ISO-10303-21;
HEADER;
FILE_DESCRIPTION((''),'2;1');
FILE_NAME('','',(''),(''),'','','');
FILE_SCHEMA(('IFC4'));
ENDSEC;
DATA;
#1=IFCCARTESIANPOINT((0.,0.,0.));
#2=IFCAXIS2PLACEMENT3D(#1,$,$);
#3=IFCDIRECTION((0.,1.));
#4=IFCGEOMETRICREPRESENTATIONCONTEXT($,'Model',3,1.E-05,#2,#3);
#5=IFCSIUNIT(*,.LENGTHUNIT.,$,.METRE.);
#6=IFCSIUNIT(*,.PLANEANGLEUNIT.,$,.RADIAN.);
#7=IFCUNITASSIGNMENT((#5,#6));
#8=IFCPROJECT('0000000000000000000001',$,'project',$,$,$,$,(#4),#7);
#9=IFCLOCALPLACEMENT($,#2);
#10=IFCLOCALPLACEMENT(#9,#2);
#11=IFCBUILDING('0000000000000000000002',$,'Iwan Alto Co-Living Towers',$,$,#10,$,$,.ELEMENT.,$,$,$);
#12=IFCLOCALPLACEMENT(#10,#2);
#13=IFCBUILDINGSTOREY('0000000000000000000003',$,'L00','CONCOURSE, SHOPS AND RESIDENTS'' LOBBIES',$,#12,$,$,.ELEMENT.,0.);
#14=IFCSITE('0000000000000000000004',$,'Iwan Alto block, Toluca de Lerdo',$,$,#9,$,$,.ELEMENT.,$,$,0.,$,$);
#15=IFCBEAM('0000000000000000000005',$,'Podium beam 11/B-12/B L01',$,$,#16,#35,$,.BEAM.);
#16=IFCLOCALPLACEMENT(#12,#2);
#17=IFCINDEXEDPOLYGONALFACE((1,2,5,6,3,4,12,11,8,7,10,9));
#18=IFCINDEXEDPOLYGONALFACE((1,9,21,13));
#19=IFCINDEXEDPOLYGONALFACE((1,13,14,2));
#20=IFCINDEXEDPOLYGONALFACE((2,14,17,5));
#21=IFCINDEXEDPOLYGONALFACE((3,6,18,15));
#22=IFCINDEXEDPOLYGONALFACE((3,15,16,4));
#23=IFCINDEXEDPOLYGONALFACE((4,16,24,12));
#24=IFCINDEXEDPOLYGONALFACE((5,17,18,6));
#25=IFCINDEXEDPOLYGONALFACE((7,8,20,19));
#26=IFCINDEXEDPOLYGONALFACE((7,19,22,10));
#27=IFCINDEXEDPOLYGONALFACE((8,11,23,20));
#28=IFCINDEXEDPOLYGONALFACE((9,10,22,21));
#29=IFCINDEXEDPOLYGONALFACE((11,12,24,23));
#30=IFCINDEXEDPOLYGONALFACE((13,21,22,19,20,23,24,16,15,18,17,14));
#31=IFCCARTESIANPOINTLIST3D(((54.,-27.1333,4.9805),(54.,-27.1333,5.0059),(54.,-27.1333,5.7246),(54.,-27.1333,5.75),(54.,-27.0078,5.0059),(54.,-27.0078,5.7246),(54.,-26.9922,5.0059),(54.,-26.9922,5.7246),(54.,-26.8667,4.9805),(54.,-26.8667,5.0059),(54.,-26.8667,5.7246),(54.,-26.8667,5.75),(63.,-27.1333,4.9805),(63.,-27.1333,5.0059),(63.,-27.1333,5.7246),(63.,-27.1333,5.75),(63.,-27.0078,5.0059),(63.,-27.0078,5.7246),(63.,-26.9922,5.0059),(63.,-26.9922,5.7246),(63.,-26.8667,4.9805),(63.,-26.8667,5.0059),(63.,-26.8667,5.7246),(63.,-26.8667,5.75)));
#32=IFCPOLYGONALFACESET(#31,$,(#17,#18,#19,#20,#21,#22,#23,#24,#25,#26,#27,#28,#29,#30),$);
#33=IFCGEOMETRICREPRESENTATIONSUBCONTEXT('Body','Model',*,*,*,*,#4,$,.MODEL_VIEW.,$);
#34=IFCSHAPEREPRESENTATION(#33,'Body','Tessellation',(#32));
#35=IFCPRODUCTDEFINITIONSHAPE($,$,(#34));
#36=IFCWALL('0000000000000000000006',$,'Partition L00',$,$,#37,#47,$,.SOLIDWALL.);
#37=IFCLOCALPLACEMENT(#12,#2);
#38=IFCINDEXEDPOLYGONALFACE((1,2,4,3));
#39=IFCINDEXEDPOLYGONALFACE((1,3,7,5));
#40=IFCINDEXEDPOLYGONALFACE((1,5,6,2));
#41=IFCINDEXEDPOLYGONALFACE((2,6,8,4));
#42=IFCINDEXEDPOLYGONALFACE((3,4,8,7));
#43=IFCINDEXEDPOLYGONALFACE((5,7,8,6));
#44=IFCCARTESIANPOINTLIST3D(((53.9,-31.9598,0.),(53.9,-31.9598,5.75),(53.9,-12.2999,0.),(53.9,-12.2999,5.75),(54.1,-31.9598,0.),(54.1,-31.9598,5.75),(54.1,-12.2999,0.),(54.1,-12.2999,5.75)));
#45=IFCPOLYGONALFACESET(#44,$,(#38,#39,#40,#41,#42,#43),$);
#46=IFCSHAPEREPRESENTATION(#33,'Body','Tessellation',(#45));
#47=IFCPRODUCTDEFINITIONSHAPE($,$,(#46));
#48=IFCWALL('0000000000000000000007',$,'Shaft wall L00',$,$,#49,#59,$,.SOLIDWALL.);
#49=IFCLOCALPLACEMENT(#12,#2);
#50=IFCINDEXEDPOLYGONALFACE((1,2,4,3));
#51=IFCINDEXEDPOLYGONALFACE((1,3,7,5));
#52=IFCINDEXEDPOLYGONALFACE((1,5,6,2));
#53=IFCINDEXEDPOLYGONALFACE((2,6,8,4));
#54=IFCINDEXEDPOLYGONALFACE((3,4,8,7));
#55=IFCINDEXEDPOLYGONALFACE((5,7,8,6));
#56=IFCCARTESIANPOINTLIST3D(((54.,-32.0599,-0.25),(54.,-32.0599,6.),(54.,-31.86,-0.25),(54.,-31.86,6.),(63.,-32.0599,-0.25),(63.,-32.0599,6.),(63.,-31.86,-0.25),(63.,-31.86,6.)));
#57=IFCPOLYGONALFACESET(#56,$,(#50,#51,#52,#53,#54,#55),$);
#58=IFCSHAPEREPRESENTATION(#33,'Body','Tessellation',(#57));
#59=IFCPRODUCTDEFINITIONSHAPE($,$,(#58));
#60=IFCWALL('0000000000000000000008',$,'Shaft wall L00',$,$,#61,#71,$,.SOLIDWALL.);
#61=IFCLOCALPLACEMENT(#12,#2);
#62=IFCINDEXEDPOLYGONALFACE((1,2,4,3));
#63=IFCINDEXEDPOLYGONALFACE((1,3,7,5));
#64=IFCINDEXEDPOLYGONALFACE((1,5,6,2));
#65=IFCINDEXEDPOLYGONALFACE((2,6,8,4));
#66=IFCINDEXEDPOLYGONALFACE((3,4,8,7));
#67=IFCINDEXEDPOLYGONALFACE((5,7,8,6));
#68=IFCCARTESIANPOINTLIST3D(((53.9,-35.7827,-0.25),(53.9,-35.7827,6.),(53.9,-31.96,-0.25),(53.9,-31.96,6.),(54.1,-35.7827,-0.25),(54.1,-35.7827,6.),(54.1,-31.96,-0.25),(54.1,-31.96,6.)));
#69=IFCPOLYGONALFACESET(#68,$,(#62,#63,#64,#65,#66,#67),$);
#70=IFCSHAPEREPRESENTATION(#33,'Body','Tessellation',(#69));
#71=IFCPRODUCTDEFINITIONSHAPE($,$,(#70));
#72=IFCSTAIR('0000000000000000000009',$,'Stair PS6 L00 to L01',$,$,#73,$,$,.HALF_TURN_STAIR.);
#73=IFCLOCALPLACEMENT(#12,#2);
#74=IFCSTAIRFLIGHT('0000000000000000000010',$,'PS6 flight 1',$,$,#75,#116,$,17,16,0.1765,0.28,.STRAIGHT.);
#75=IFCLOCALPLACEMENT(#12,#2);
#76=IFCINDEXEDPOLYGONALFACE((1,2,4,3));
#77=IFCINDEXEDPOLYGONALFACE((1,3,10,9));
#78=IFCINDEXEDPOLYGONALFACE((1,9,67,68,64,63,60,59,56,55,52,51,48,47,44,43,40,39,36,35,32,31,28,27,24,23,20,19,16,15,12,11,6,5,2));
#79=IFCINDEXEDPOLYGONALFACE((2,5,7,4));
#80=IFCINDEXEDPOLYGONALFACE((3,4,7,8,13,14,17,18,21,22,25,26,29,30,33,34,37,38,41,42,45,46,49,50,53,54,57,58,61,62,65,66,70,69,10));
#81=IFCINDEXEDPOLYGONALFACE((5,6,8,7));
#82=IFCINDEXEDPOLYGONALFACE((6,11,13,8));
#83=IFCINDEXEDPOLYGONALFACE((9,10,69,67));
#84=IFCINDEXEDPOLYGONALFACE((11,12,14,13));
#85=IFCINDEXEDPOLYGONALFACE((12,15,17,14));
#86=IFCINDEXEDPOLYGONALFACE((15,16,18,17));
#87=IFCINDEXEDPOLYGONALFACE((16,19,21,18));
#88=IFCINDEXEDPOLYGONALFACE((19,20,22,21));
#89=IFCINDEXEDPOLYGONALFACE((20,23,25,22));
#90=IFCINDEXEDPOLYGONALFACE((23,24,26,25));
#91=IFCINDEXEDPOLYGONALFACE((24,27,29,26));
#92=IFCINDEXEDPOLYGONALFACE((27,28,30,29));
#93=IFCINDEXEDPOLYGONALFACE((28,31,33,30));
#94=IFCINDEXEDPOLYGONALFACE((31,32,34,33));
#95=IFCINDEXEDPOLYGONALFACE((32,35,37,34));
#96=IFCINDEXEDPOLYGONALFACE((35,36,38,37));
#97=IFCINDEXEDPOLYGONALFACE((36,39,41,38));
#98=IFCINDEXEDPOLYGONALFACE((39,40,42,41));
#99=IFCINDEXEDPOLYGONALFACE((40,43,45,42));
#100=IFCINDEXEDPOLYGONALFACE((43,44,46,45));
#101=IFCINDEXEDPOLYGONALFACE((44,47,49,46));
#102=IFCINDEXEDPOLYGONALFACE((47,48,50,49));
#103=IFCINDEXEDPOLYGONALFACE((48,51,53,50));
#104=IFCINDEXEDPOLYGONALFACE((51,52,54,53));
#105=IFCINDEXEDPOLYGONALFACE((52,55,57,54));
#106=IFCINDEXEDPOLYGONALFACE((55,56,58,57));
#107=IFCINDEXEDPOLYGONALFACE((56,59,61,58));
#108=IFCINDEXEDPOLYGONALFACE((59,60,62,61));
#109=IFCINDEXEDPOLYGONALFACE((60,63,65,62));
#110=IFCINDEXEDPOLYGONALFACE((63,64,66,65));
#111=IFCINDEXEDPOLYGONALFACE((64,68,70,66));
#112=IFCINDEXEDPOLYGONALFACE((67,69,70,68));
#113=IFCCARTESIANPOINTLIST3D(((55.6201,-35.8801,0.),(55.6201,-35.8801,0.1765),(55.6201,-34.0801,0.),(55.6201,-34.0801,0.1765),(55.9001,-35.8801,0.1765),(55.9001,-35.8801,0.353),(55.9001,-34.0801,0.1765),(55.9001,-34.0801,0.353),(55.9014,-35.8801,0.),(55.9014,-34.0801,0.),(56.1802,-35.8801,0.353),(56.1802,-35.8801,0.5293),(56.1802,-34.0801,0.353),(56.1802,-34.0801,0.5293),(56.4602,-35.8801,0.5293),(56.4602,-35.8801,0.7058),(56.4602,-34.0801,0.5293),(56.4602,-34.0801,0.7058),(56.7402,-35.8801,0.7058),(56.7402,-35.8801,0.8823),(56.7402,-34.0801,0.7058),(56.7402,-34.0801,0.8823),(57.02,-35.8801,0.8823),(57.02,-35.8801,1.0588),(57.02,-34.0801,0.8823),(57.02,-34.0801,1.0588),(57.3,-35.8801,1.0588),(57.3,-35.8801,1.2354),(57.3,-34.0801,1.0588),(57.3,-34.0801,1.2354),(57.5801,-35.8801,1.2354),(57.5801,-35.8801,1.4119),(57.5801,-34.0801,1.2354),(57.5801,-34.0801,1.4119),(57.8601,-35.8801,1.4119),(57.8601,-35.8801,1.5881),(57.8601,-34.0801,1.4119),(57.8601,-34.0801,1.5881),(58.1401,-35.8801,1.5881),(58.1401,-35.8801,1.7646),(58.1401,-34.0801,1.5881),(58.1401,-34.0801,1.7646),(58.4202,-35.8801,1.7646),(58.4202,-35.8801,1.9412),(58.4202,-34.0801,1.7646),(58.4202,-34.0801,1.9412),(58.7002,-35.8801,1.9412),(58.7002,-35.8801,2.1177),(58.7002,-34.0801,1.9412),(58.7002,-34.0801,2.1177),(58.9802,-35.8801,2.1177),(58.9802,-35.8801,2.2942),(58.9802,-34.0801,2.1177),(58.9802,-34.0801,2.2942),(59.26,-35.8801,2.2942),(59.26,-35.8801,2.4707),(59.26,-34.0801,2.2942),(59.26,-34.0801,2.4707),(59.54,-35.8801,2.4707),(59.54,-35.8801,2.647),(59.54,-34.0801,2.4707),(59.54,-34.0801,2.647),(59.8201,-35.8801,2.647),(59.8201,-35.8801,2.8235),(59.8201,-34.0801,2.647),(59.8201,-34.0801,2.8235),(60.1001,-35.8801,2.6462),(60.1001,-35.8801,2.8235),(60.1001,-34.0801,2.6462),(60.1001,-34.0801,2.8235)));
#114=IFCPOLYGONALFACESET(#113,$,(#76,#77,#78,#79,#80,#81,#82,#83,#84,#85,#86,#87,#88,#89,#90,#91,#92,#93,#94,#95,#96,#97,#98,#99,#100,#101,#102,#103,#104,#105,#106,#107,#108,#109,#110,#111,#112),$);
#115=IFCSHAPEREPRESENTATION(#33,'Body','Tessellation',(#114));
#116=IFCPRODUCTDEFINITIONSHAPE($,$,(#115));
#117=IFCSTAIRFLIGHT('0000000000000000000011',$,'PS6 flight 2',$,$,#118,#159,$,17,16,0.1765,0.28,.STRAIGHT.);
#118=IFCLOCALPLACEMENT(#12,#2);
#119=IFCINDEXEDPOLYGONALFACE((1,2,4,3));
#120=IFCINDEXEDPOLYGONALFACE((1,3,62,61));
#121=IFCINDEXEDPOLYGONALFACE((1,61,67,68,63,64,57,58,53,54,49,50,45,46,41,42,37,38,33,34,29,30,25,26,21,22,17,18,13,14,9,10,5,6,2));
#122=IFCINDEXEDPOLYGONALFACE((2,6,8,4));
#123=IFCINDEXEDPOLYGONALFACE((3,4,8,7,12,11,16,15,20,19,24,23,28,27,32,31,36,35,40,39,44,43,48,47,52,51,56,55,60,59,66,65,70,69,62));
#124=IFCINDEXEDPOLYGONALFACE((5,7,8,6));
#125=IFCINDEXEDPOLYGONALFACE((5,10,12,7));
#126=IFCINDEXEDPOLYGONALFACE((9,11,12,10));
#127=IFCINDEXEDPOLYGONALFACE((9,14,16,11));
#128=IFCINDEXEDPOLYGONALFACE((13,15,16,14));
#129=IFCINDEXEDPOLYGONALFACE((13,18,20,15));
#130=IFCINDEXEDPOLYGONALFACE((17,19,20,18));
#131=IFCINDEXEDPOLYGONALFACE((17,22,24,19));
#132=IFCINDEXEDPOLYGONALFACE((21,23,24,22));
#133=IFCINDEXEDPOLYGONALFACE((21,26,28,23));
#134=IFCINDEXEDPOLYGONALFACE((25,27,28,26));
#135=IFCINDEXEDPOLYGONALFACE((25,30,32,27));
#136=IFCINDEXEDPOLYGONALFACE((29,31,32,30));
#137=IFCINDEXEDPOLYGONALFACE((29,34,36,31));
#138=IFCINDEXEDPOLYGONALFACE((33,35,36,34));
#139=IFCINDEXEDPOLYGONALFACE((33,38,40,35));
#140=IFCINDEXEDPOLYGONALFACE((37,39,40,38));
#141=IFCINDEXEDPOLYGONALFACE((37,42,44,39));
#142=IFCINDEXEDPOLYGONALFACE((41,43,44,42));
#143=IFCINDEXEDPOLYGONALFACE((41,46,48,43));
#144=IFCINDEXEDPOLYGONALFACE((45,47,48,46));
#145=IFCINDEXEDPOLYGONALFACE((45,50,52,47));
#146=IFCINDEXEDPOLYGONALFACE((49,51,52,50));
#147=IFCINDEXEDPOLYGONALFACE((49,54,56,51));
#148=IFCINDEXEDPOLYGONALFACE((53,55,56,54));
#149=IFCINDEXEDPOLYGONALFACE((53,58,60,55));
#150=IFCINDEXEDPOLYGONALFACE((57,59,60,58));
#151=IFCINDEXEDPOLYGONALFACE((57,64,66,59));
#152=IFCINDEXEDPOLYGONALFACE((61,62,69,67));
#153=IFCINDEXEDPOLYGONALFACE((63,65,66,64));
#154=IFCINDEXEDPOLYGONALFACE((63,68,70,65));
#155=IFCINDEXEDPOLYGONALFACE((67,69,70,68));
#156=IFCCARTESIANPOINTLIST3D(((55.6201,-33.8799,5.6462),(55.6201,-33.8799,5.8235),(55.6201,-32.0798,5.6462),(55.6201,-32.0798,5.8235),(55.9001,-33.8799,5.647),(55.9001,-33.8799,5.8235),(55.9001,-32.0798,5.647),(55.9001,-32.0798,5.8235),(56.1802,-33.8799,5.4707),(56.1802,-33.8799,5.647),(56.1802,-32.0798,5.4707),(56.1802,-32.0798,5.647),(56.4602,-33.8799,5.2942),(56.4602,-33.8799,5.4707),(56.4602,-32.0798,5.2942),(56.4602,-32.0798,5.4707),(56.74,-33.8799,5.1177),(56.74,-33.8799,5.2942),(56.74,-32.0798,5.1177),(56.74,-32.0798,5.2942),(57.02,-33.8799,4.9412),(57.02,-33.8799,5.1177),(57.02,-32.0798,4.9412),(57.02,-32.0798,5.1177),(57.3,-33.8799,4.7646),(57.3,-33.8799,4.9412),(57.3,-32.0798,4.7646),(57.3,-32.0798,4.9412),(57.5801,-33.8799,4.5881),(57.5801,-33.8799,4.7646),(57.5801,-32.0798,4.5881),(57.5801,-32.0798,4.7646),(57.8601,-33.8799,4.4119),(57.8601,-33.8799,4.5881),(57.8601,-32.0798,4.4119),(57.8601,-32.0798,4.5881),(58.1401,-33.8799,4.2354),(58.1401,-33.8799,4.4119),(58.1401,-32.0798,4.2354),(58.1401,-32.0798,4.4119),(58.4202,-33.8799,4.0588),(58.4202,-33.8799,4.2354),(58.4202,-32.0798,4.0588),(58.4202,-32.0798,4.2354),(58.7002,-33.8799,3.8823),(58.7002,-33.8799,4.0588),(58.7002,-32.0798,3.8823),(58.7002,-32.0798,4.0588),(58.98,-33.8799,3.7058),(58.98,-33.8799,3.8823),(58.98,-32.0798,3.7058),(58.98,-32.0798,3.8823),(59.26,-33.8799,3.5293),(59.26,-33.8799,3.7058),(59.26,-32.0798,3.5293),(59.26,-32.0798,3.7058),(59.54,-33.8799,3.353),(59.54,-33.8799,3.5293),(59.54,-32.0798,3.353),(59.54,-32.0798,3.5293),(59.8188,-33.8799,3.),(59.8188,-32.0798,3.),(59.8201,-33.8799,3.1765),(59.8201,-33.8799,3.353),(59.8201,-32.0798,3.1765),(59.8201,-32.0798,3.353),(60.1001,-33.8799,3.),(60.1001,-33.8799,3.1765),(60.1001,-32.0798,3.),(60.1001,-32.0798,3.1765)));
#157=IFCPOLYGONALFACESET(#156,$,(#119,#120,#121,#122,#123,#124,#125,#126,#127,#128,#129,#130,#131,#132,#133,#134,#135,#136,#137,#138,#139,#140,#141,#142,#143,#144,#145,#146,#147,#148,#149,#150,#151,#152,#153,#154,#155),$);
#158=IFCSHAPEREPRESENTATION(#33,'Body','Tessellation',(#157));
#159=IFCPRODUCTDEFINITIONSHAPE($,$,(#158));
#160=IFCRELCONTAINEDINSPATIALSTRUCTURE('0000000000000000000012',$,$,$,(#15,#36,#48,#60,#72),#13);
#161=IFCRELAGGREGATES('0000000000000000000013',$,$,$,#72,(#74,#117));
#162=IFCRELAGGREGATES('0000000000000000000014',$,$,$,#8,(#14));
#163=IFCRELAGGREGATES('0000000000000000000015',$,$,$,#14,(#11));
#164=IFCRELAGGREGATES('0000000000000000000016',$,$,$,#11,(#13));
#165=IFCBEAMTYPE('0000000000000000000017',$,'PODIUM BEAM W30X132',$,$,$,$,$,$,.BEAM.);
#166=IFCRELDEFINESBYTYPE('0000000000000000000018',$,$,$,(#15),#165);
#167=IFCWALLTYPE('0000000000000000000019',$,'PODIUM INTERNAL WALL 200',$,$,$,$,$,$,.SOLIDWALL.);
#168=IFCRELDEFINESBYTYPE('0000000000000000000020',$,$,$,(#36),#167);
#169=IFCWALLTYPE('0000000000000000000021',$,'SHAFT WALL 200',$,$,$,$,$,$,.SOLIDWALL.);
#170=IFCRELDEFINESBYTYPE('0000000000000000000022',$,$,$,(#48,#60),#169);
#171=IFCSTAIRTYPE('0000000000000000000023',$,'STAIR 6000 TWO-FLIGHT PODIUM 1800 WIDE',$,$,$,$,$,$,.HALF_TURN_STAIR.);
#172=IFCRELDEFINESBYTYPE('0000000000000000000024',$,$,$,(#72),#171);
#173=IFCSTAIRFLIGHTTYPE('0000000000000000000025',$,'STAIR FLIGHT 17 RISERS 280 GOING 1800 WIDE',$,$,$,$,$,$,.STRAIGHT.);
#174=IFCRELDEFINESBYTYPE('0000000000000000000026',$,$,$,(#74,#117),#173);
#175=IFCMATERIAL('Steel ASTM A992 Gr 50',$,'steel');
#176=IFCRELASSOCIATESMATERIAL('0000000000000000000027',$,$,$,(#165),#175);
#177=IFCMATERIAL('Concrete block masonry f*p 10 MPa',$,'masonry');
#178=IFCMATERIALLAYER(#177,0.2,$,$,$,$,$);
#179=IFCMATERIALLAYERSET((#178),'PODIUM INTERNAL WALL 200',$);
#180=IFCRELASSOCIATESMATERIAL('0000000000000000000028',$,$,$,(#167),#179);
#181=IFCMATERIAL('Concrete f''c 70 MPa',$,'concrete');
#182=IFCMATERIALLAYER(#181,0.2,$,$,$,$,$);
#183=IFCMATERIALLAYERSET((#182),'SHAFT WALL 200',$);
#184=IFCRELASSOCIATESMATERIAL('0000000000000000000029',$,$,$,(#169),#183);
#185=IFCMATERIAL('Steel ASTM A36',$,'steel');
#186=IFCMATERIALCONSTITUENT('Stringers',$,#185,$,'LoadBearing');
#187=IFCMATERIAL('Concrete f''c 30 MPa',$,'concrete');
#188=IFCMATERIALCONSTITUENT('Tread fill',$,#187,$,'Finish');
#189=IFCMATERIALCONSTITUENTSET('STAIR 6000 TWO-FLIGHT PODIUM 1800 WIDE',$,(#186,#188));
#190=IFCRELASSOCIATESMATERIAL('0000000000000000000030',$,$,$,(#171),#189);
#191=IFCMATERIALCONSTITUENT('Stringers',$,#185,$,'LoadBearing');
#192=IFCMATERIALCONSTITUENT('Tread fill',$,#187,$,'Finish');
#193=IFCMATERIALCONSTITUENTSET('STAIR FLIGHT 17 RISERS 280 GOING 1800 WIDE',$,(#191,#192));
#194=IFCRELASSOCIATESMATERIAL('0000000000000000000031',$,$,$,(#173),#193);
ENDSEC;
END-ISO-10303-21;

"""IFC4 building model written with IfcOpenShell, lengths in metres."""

from ifc_helpers import new_model, si_unit, direction, frame, frame_2d, origin, origin_2d, place, context, subcontext, project, spatial, polyline, rectangle, i_section, outline, extrude, material, layer, layer_set, constituent, constituent_set, material_profile, profile_set, type_object, element, aggregate, save


model = new_model("IFC4")

# Units and contexts
model_context = context("Model", 3, precision=1e-05, world=origin(), true_north=direction((0.0, 1.0)))
body_context = subcontext(model_context, "Body", "Model", "MODEL_VIEW")
ifc_project = project(units=[si_unit("LENGTHUNIT", "METRE"), si_unit("PLANEANGLEUNIT", "RADIAN")], contexts=[model_context])

# Site, building, storey
site_placement = place(None, origin())
site = spatial("IfcSite", under=ifc_project, at=site_placement, Name="Iwan Alto block, Toluca de Lerdo", CompositionType="ELEMENT", RefElevation=0.0)
building_placement = place(site_placement, origin())
building = spatial("IfcBuilding", under=site, at=building_placement, Name="Iwan Alto Co-Living Towers", CompositionType="ELEMENT")
storey_placement = place(building_placement, origin())
storey = spatial("IfcBuildingStorey", under=building, at=storey_placement, Name="L00", Description="CONCOURSE, SHOPS AND RESIDENTS' LOBBIES", CompositionType="ELEMENT", Elevation=0.0)

# Beam
ifc_material_1 = material(Name="Steel ASTM A992 Gr 50", Category="steel")
ifc_material_profile_1 = material_profile(ifc_material_1, i_section(OverallWidth=0.2666, OverallDepth=0.7695, WebThickness=0.0156, FlangeThickness=0.0254, at=origin_2d()), Name="W30X132")
ifc_profile_set_1 = profile_set([ifc_material_profile_1], Name="Steel ASTM A992 Gr 50")
beam_type = type_object("IfcBeamType", Name="PODIUM BEAM W30X132", PredefinedType="BEAM", material=ifc_profile_set_1)
beam_placement = place(storey_placement, frame((54.0, -27.0, 5.3652), z_axis=(1.0, 0.0, 0.0), x_axis=(0.0, 1.0, 0.0)))
element("IfcBeam", 1, at=beam_placement, inside=storey, type_object=beam_type, Name="Podium beam 11/B-12/B L01", PredefinedType="BEAM", context=body_context, shape_type="SweptSolid", body=[
    extrude(i_section(OverallWidth=0.2666, OverallDepth=0.7695, WebThickness=0.0156, FlangeThickness=0.0254, at=origin_2d()), origin(), (0.0, 0.0, 1.0), 9.0),
])

# Walls
ifc_material_2 = material(Name="Concrete block masonry f*p 10 MPa", Category="masonry")
ifc_layer_1 = layer(ifc_material_2, 0.2)
ifc_layer_set_1 = layer_set([ifc_layer_1], Name="PODIUM INTERNAL WALL 200")
wall_type_1 = type_object("IfcWallType", Name="PODIUM INTERNAL WALL 200", PredefinedType="SOLIDWALL", material=ifc_layer_set_1)
wall_1_placement = place(storey_placement, frame((54.0, -31.96, 0.0), z_axis=(0.0, 0.0, 1.0), x_axis=(0.0, 1.0, 0.0)))
element("IfcWall", 2, at=wall_1_placement, inside=storey, type_object=wall_type_1, Name="Partition L00", PredefinedType="SOLIDWALL", context=body_context, shape_type="SweptSolid", body=[
    extrude(rectangle(XDim=19.6599, YDim=0.2, at=frame_2d((9.8301, 0.0))), origin(), (0.0, 0.0, 1.0), 5.75),
])
ifc_material_3 = material(Name="Concrete f'c 70 MPa", Category="concrete")
ifc_layer_2 = layer(ifc_material_3, 0.2)
ifc_layer_set_2 = layer_set([ifc_layer_2], Name="SHAFT WALL 200")
wall_type_2 = type_object("IfcWallType", Name="SHAFT WALL 200", PredefinedType="SOLIDWALL", material=ifc_layer_set_2)
wall_2_placement = place(storey_placement, frame((54.0, -31.96, -0.25), z_axis=(0.0, 0.0, 1.0), x_axis=(1.0, 0.0, 0.0)))
element("IfcWall", 3, at=wall_2_placement, inside=storey, type_object=wall_type_2, Name="Shaft wall L00", PredefinedType="SOLIDWALL", context=body_context, shape_type="SweptSolid", body=[
    extrude(rectangle(XDim=9.0, YDim=0.2, at=frame_2d((4.5, 0.0))), origin(), (0.0, 0.0, 1.0), 6.25),
])
wall_3_placement = place(storey_placement, frame((54.0, -35.7827, -0.25), z_axis=(0.0, 0.0, 1.0), x_axis=(0.0, 1.0, 0.0)))
element("IfcWall", 4, at=wall_3_placement, inside=storey, type_object=wall_type_2, Name="Shaft wall L00", PredefinedType="SOLIDWALL", context=body_context, shape_type="SweptSolid", body=[
    extrude(rectangle(XDim=3.8228, YDim=0.2, at=frame_2d((1.9114, 0.0))), origin(), (0.0, 0.0, 1.0), 6.25),
])

# Stair, stair flights
ifc_material_4 = material(Name="Steel ASTM A36", Category="steel")
ifc_constituent_1 = constituent(ifc_material_4, Name="Stringers", Category="LoadBearing")
ifc_material_5 = material(Name="Concrete f'c 30 MPa", Category="concrete")
ifc_constituent_2 = constituent(ifc_material_5, Name="Tread fill", Category="Finish")
ifc_constituent_set_1 = constituent_set(constituents=[ifc_constituent_1, ifc_constituent_2], Name="STAIR 6000 TWO-FLIGHT PODIUM 1800 WIDE")
stair_type = type_object("IfcStairType", Name="STAIR 6000 TWO-FLIGHT PODIUM 1800 WIDE", PredefinedType="HALF_TURN_STAIR", material=ifc_constituent_set_1)
stair_placement = place(storey_placement, origin())
stair = element("IfcStair", 5, at=stair_placement, inside=storey, type_object=stair_type, Name="Stair PS6 L00 to L01", PredefinedType="HALF_TURN_STAIR")
ifc_constituent_3 = constituent(ifc_material_4, Name="Stringers", Category="LoadBearing")
ifc_constituent_4 = constituent(ifc_material_5, Name="Tread fill", Category="Finish")
ifc_constituent_set_2 = constituent_set(constituents=[ifc_constituent_3, ifc_constituent_4], Name="STAIR FLIGHT 17 RISERS 280 GOING 1800 WIDE")
stair_flight_type = type_object("IfcStairFlightType", Name="STAIR FLIGHT 17 RISERS 280 GOING 1800 WIDE", PredefinedType="STRAIGHT", material=ifc_constituent_set_2)
stair_flight_1_placement = place(storey_placement, frame((55.6201, -34.98, 0.0), z_axis=(0.0, 0.0, 1.0), x_axis=(1.0, 0.0, 0.0)))
stair_flight_1 = element("IfcStairFlight", 6, at=stair_flight_1_placement, type_object=stair_flight_type, Name="PS6 flight 1", NumberOfRisers=17, NumberOfTreads=16, PredefinedType="STRAIGHT", RiserHeight=0.1765, TreadLength=0.28, context=body_context, shape_type="SweptSolid", body=[
    extrude(outline(polyline([(0.0, 0.0), (0.0, 0.1765), (0.28, 0.1765), (0.28, 0.353), (0.5601, 0.353), (0.5601, 0.5293), (0.8401, 0.5293), (0.8401, 0.7058), (1.1201, 0.7058), (1.1201, 0.8823), (1.3999, 0.8823), (1.3999, 1.0588), (1.6799, 1.0588), (1.6799, 1.2354), (1.96, 1.2354), (1.96, 1.4119), (2.24, 1.4119), (2.24, 1.5881), (2.52, 1.5881), (2.52, 1.7646), (2.8, 1.7646), (2.8, 1.9412), (3.0801, 1.9412), (3.0801, 2.1177), (3.3601, 2.1177), (3.3601, 2.2942), (3.6399, 2.2942), (3.6399, 2.4707), (3.9199, 2.4707), (3.9199, 2.647), (4.2, 2.647), (4.2, 2.8235), (4.48, 2.8235), (4.48, 3.0), (4.48, 2.6462), (0.2812, 0.0), (0.0, 0.0)])), frame((0.0, 0.8999, 0.0), z_axis=(0.0, -1.0, 0.0), x_axis=(1.0, 0.0, 0.0)), (0.0, 0.0, 1.0), 1.8),
])
stair_flight_2_placement = place(storey_placement, frame((60.1001, -32.98, 3.0), z_axis=(0.0, 0.0, 1.0), x_axis=(-1.0, 0.0, 0.0)))
stair_flight_2 = element("IfcStairFlight", 7, at=stair_flight_2_placement, type_object=stair_flight_type, Name="PS6 flight 2", NumberOfRisers=17, NumberOfTreads=16, PredefinedType="STRAIGHT", RiserHeight=0.1765, TreadLength=0.28, context=body_context, shape_type="SweptSolid", body=[
    extrude(outline(polyline([(0.0, 0.0), (0.0, 0.1765), (0.28, 0.1765), (0.28, 0.353), (0.5601, 0.353), (0.5601, 0.5293), (0.8401, 0.5293), (0.8401, 0.7058), (1.1201, 0.7058), (1.1201, 0.8823), (1.3999, 0.8823), (1.3999, 1.0588), (1.6799, 1.0588), (1.6799, 1.2354), (1.96, 1.2354), (1.96, 1.4119), (2.24, 1.4119), (2.24, 1.5881), (2.52, 1.5881), (2.52, 1.7646), (2.8, 1.7646), (2.8, 1.9412), (3.0801, 1.9412), (3.0801, 2.1177), (3.3601, 2.1177), (3.3601, 2.2942), (3.6399, 2.2942), (3.6399, 2.4707), (3.9199, 2.4707), (3.9199, 2.647), (4.2, 2.647), (4.2, 2.8235), (4.48, 2.8235), (4.48, 3.0), (4.48, 2.6462), (0.2812, 0.0), (0.0, 0.0)])), frame((0.0, 0.8999, 0.0), z_axis=(0.0, -1.0, 0.0), x_axis=(1.0, 0.0, 0.0)), (0.0, 0.0, 1.0), 1.8),
])
aggregate(stair, [stair_flight_1, stair_flight_2])

save(model, "model.ifc")
